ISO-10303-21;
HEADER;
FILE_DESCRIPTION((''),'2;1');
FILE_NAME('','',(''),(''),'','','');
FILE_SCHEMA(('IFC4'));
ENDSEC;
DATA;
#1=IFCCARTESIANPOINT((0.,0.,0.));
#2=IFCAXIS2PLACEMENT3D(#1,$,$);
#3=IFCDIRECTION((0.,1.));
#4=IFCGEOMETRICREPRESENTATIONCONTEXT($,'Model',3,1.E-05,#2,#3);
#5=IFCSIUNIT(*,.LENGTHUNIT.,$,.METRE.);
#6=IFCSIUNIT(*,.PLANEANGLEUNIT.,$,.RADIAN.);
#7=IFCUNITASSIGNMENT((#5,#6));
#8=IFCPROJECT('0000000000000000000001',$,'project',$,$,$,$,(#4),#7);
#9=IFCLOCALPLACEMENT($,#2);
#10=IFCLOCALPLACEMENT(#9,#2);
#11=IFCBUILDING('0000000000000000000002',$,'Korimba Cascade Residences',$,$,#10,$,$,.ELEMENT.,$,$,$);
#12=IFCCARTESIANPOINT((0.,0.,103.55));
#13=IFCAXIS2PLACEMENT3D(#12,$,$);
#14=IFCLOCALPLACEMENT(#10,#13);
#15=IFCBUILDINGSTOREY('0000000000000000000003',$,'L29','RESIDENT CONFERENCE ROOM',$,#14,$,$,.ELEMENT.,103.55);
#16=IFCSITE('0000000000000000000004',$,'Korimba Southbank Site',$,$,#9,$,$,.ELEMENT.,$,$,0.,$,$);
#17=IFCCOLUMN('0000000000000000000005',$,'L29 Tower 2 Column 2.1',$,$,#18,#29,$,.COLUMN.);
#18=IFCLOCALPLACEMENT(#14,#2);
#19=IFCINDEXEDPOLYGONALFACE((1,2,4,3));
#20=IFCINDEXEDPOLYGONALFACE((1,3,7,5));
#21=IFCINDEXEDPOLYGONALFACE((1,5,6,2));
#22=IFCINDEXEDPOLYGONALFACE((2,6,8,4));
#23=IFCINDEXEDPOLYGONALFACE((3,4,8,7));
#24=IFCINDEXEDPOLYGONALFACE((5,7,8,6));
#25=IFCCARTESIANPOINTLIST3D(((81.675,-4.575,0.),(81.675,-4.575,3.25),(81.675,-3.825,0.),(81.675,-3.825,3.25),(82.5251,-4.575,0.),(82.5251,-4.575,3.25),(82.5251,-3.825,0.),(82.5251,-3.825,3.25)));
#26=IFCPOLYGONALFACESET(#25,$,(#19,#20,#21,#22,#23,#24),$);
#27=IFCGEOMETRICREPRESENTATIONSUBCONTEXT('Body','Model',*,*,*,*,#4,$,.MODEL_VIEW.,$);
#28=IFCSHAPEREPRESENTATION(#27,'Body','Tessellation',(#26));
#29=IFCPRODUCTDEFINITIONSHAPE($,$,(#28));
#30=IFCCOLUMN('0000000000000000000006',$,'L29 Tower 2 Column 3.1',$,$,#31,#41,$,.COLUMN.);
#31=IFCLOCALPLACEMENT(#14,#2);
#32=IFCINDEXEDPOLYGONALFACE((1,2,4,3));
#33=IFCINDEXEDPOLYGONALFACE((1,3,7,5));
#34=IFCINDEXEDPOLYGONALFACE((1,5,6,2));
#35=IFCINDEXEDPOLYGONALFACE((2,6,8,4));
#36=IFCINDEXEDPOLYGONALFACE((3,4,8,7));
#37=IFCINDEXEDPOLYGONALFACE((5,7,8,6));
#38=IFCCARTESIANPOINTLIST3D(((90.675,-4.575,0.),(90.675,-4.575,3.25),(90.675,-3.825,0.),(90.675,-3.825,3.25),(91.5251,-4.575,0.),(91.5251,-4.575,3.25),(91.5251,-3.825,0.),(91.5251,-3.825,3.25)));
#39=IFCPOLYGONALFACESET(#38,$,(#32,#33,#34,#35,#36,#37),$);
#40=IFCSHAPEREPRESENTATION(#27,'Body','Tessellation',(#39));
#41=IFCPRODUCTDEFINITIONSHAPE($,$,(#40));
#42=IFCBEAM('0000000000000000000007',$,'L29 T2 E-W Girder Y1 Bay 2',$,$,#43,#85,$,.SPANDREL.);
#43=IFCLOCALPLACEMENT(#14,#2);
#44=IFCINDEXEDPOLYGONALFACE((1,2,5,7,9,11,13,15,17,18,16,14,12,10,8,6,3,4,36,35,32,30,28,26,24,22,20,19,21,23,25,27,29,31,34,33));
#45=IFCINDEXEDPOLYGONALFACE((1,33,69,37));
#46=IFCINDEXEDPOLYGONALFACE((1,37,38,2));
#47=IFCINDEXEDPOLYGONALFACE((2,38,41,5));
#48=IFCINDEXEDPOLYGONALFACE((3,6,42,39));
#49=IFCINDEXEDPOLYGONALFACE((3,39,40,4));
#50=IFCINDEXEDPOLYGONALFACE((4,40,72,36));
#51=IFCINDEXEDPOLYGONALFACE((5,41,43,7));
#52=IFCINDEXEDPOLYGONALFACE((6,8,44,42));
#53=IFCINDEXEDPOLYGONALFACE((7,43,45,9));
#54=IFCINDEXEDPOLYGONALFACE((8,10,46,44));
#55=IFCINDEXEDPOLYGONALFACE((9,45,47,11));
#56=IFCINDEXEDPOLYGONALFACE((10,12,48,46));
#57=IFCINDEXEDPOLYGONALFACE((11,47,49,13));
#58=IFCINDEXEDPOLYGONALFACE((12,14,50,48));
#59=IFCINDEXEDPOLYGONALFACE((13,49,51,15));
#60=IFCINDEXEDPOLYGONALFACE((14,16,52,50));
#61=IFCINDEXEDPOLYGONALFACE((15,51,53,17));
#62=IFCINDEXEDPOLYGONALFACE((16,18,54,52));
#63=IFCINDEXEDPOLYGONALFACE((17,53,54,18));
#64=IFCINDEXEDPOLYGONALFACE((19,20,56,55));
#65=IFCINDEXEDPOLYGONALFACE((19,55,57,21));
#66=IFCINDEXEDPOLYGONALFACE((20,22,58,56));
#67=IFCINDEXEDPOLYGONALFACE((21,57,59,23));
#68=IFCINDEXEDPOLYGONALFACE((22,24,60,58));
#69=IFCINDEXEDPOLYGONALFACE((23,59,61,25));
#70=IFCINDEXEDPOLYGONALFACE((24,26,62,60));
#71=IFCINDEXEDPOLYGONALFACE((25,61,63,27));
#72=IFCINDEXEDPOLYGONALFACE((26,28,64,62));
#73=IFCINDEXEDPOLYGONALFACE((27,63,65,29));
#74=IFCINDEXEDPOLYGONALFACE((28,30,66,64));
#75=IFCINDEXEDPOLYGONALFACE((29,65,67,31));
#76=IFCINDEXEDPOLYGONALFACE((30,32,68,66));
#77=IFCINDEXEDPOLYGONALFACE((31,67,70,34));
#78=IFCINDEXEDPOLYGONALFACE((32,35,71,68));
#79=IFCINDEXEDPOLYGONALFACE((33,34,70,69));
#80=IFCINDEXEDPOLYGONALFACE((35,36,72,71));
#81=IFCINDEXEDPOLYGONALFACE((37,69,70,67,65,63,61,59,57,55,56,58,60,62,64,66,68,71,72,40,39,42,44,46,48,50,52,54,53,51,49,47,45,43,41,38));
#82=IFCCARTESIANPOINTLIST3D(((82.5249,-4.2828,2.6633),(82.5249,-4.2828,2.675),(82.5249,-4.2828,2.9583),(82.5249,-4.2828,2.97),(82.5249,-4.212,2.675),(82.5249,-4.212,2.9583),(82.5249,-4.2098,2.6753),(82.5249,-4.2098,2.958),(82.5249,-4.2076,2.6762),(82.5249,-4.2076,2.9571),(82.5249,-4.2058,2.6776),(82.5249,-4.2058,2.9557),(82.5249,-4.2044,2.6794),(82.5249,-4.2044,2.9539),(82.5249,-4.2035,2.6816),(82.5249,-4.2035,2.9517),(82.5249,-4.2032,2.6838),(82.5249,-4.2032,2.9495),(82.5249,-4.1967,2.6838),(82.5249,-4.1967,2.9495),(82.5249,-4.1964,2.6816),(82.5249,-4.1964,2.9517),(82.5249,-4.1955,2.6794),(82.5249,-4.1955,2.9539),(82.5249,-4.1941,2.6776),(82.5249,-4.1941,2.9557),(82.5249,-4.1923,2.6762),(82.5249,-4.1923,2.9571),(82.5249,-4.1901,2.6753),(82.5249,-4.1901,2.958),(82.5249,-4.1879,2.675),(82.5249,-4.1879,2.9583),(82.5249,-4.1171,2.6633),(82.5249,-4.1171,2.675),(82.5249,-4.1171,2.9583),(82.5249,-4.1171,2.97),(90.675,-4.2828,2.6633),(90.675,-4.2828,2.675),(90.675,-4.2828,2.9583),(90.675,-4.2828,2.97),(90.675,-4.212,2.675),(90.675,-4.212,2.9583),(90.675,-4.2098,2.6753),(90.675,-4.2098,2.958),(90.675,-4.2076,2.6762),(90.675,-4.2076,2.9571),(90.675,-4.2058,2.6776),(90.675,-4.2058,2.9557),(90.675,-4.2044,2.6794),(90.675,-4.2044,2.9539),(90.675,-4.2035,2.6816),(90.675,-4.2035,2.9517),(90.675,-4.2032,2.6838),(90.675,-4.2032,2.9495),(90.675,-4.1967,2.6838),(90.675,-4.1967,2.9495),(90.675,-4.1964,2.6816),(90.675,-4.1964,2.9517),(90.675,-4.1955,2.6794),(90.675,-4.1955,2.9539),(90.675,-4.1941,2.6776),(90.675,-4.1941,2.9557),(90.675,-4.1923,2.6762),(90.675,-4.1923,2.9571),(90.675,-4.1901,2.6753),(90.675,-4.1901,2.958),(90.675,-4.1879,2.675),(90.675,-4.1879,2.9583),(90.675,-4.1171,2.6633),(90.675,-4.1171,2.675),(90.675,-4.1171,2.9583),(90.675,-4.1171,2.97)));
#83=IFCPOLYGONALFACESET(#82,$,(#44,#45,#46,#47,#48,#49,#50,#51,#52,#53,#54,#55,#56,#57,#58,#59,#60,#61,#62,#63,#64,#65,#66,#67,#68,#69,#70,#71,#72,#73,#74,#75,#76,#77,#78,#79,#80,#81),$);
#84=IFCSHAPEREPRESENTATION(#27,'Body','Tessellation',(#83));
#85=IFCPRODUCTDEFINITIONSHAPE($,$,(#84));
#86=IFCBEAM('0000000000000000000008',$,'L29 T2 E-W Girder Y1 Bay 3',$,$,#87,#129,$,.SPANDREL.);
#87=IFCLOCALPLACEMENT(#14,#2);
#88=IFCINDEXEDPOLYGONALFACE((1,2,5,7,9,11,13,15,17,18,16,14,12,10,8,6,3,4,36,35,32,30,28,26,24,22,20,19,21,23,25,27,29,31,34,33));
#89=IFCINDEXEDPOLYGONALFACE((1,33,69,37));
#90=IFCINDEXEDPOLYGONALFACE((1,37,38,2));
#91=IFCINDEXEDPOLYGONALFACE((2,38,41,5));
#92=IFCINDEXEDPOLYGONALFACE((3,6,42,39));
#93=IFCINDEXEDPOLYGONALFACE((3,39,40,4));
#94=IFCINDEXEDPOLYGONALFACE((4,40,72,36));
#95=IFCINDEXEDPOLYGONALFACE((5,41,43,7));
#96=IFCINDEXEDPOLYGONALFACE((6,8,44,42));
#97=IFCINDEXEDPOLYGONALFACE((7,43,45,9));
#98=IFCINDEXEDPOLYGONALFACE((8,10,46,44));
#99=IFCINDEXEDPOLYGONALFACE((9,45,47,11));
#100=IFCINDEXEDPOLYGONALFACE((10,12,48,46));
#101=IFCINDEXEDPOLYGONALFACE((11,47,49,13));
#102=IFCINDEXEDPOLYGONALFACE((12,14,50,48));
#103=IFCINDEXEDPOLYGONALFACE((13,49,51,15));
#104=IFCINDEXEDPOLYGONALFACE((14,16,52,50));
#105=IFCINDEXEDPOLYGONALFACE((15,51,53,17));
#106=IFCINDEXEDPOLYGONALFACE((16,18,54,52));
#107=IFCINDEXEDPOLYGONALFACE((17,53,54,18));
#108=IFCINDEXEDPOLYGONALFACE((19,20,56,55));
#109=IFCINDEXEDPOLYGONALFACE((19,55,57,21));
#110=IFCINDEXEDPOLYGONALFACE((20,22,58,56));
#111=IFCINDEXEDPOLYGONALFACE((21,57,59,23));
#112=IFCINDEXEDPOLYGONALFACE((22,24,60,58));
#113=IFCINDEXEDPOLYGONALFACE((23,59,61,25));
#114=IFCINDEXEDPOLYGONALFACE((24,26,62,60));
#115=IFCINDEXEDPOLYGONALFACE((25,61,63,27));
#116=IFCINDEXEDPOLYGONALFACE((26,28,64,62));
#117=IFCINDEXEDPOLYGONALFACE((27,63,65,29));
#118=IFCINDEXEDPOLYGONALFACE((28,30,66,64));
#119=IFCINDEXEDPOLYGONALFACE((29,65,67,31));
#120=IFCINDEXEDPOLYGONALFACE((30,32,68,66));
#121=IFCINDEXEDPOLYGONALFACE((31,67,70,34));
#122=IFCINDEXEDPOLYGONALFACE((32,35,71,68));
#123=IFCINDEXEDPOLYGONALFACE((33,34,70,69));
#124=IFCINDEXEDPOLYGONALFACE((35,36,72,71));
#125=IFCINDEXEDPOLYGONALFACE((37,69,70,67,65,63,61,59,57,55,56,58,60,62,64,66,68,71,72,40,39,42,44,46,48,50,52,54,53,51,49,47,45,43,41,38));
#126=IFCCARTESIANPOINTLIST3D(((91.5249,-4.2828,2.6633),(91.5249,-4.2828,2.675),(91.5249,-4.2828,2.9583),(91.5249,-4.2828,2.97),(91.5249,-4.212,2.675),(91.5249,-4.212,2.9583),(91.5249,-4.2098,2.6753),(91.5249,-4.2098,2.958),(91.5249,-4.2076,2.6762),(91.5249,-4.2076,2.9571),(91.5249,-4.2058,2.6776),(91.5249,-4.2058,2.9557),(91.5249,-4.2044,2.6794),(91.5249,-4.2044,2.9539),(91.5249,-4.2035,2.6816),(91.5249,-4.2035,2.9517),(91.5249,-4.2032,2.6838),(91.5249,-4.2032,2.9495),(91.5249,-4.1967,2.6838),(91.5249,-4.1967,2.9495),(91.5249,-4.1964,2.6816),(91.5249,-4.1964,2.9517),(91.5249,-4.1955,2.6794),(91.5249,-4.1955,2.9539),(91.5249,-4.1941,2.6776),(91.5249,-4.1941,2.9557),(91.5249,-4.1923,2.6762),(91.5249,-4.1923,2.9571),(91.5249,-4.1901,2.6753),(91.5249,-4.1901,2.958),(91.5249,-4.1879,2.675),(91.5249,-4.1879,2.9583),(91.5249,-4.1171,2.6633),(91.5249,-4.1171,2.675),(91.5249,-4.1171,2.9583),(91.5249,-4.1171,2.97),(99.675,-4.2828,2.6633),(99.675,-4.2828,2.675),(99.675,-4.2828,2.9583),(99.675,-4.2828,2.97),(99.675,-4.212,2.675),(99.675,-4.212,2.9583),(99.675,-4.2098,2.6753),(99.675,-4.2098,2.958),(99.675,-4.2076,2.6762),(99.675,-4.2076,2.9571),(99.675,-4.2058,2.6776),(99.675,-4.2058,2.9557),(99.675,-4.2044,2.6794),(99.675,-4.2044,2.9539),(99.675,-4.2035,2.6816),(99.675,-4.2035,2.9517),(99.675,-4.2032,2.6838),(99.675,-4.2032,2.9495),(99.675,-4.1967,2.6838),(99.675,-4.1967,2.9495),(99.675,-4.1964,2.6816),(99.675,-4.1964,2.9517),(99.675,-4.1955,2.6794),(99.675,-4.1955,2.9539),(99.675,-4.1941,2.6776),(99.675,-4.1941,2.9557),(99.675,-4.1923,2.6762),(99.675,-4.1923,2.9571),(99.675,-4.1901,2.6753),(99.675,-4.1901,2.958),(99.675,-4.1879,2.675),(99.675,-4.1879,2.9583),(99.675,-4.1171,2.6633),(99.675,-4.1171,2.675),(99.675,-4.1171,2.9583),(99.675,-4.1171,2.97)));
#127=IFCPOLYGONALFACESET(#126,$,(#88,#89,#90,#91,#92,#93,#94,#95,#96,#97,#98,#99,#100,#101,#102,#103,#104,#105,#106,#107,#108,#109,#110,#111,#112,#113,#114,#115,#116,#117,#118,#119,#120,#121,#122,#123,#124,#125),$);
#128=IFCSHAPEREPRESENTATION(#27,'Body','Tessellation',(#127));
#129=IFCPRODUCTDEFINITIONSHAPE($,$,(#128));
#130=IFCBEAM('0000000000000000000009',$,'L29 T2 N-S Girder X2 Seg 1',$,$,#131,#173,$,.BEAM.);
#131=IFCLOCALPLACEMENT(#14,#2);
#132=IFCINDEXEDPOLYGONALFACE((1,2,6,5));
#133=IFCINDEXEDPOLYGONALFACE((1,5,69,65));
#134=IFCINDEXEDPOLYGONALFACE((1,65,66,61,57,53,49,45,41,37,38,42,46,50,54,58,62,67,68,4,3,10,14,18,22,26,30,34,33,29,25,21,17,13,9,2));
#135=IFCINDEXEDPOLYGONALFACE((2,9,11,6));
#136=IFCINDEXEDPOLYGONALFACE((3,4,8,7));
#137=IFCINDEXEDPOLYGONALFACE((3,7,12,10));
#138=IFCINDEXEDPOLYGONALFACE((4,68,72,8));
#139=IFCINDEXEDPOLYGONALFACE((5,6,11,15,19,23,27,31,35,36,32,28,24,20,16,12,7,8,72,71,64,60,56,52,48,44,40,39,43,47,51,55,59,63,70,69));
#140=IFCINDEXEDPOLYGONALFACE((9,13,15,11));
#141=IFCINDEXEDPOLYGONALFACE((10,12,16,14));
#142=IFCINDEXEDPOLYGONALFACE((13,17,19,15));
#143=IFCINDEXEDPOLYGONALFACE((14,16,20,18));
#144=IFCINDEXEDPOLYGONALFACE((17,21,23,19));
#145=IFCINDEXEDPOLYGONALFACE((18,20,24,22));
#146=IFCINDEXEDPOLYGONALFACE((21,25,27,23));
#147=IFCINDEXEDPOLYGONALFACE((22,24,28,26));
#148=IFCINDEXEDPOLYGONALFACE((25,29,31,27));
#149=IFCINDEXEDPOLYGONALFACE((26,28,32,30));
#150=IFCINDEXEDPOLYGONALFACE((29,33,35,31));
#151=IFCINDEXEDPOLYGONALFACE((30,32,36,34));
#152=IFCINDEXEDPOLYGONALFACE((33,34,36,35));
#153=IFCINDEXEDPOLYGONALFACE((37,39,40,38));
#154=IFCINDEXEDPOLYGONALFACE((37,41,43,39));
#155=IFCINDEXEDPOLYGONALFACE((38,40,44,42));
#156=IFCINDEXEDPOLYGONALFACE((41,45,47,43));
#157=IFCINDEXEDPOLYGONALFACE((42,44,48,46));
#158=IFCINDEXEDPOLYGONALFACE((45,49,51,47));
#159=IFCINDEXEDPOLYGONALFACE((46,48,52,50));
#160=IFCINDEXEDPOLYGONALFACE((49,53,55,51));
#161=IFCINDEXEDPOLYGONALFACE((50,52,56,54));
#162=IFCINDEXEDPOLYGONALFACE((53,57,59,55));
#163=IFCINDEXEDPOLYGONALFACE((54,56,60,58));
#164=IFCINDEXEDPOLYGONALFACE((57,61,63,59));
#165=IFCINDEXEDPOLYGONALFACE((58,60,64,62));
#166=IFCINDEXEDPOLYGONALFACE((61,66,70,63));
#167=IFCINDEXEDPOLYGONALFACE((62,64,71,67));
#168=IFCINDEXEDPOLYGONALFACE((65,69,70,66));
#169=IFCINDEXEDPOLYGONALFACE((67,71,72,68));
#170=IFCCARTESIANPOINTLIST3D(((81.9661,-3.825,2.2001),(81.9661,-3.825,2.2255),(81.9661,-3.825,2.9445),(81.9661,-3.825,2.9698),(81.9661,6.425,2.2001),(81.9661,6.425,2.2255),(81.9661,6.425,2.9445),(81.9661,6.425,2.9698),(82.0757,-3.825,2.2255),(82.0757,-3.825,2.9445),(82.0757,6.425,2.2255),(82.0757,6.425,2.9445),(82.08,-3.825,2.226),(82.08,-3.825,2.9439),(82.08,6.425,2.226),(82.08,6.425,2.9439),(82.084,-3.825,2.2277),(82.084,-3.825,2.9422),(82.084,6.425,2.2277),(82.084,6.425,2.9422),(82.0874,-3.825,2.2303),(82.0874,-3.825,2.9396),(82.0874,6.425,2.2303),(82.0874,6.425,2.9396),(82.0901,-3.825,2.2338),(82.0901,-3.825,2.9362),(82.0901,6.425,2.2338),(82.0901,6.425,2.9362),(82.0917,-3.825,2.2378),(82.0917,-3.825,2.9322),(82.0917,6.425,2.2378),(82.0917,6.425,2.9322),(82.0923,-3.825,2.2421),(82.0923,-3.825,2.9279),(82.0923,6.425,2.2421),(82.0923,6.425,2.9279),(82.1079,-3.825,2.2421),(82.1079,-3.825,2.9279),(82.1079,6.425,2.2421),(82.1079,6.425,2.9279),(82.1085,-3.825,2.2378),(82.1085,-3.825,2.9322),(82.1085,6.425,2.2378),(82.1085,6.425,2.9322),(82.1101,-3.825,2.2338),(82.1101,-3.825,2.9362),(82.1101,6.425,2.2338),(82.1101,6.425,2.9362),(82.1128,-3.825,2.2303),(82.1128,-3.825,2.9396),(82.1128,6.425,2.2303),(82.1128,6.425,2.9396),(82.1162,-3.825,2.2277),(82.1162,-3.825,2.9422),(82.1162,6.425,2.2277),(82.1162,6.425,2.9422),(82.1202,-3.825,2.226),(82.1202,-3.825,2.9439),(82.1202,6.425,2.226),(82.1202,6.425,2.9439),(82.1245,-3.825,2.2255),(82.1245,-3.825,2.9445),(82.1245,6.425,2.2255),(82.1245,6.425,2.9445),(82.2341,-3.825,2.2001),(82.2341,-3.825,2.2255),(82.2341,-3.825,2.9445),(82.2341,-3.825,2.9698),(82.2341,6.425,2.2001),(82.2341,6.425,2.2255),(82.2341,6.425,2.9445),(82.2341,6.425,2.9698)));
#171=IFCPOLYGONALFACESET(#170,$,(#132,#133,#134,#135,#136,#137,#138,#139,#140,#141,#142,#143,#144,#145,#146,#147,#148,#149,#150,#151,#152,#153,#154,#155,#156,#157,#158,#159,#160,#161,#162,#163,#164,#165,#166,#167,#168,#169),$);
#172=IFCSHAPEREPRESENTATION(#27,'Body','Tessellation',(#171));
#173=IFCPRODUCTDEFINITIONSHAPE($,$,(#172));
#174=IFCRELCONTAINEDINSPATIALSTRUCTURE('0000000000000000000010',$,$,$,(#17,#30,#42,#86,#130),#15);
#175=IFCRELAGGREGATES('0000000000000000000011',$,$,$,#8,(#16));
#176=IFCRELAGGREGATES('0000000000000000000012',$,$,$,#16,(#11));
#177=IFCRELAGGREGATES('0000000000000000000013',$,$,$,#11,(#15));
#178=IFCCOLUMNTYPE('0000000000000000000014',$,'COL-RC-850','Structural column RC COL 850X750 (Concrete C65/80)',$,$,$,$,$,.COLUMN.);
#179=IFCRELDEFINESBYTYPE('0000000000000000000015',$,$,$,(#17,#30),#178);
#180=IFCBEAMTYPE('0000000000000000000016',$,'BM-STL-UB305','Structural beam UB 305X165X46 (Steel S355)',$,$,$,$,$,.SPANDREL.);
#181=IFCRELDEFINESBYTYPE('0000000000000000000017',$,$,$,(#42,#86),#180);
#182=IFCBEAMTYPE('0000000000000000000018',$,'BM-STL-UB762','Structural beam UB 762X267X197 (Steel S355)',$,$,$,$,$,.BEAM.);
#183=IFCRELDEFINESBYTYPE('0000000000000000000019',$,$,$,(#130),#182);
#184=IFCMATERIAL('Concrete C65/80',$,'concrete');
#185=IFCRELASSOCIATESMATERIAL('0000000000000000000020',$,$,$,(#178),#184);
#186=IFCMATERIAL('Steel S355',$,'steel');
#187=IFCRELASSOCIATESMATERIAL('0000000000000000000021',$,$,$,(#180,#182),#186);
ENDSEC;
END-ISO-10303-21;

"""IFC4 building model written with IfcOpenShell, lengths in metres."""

from ifc_helpers import new_model, si_unit, direction, frame, origin, origin_2d, place, context, subcontext, project, spatial, rectangle, i_section, extrude, material, material_profile, profile_set, type_object, element, save


model = new_model("IFC4")

# Units and contexts
model_context = context("Model", 3, precision=1e-05, world=origin(), true_north=direction((0.0, 1.0)))
body_context = subcontext(model_context, "Body", "Model", "MODEL_VIEW")
ifc_project = project(units=[si_unit("LENGTHUNIT", "METRE"), si_unit("PLANEANGLEUNIT", "RADIAN")], contexts=[model_context])

# Site, building, storey
site_placement = place(None, origin())
site = spatial("IfcSite", under=ifc_project, at=site_placement, Name="Korimba Southbank Site", CompositionType="ELEMENT", RefElevation=0.0)
building_placement = place(site_placement, origin())
building = spatial("IfcBuilding", under=site, at=building_placement, Name="Korimba Cascade Residences", CompositionType="ELEMENT")
storey_placement = place(building_placement, frame((0.0, 0.0, 103.55)))
storey = spatial("IfcBuildingStorey", under=building, at=storey_placement, Name="L29", Description="RESIDENT CONFERENCE ROOM", CompositionType="ELEMENT", Elevation=103.55)

# Columns
ifc_material_1 = material(Name="Concrete C65/80", Category="concrete")
ifc_material_profile_1 = material_profile(ifc_material_1, rectangle(XDim=0.8501, YDim=0.75, at=origin_2d()), Name="Concrete C65/80")
ifc_profile_set_1 = profile_set([ifc_material_profile_1], Name="Concrete C65/80")
column_type = type_object("IfcColumnType", Name="COL-RC-850", Description="Structural column RC COL 850X750 (Concrete C65/80)", PredefinedType="COLUMN", material=ifc_profile_set_1)
for number, where, z_axis, x_axis, name in (
    (1, (82.1001, -4.2, 0.0), (0.0, 0.0, 1.0), (1.0, 0.0, 0.0), "L29 Tower 2 Column 2.1"),
    (2, (91.1001, -4.2, 0.0), (0.0, 0.0, 1.0), (1.0, 0.0, 0.0), "L29 Tower 2 Column 3.1"),
):
    element("IfcColumn", number, at=place(storey_placement, frame(where, z_axis=z_axis, x_axis=x_axis)), inside=storey, type_object=column_type, Name=name, PredefinedType="COLUMN", context=body_context, shape_type="SweptSolid", body=[
        extrude(rectangle(XDim=0.8501, YDim=0.75, at=origin_2d()), origin(), (0.0, 0.0, 1.0), 3.25),
    ])

# Beams
ifc_material_2 = material(Name="Steel S355", Category="steel")
ifc_material_profile_2 = material_profile(ifc_material_2, i_section(OverallWidth=0.1658, OverallDepth=0.3066, WebThickness=0.0066, FlangeThickness=0.0117, FilletRadius=0.0088, at=origin_2d()), Name="Steel S355")
ifc_profile_set_2 = profile_set([ifc_material_profile_2], Name="Steel S355")
beam_type_1 = type_object("IfcBeamType", Name="BM-STL-UB305", Description="Structural beam UB 305X165X46 (Steel S355)", PredefinedType="SPANDREL", material=ifc_profile_set_2)
for number, where, z_axis, x_axis, name in (
    (3, (82.5249, -4.2, 2.8167), (1.0, 0.0, 0.0), (0.0, 1.0, 0.0), "L29 T2 E-W Girder Y1 Bay 2"),
    (4, (91.5249, -4.2, 2.8167), (1.0, 0.0, 0.0), (0.0, 1.0, 0.0), "L29 T2 E-W Girder Y1 Bay 3"),
):
    element("IfcBeam", number, at=place(storey_placement, frame(where, z_axis=z_axis, x_axis=x_axis)), inside=storey, type_object=beam_type_1, Name=name, PredefinedType="SPANDREL", context=body_context, shape_type="SweptSolid", body=[
        extrude(i_section(OverallWidth=0.1658, OverallDepth=0.3066, WebThickness=0.0066, FlangeThickness=0.0117, FilletRadius=0.0088, at=origin_2d()), origin(), (0.0, 0.0, 1.0), 8.1501),
    ])
ifc_material_profile_3 = material_profile(ifc_material_2, i_section(OverallWidth=0.2681, OverallDepth=0.7698, WebThickness=0.0156, FlangeThickness=0.0254, FilletRadius=0.0166, at=origin_2d()), Name="Steel S355")
ifc_profile_set_3 = profile_set([ifc_material_profile_3], Name="Steel S355")
beam_type_2 = type_object("IfcBeamType", Name="BM-STL-UB762", Description="Structural beam UB 762X267X197 (Steel S355)", PredefinedType="BEAM", material=ifc_profile_set_3)
for number, where, z_axis, x_axis, name in (
    (5, (82.1001, -3.825, 2.585), (0.0, 1.0, 0.0), (-1.0, 0.0, 0.0), "L29 T2 N-S Girder X2 Seg 1"),
):
    element("IfcBeam", number, at=place(storey_placement, frame(where, z_axis=z_axis, x_axis=x_axis)), inside=storey, type_object=beam_type_2, Name=name, PredefinedType="BEAM", context=body_context, shape_type="SweptSolid", body=[
        extrude(i_section(OverallWidth=0.2681, OverallDepth=0.7698, WebThickness=0.0156, FlangeThickness=0.0254, FilletRadius=0.0166, at=origin_2d()), origin(), (0.0, 0.0, 1.0), 10.25),
    ])

save(model, "model.ifc")
